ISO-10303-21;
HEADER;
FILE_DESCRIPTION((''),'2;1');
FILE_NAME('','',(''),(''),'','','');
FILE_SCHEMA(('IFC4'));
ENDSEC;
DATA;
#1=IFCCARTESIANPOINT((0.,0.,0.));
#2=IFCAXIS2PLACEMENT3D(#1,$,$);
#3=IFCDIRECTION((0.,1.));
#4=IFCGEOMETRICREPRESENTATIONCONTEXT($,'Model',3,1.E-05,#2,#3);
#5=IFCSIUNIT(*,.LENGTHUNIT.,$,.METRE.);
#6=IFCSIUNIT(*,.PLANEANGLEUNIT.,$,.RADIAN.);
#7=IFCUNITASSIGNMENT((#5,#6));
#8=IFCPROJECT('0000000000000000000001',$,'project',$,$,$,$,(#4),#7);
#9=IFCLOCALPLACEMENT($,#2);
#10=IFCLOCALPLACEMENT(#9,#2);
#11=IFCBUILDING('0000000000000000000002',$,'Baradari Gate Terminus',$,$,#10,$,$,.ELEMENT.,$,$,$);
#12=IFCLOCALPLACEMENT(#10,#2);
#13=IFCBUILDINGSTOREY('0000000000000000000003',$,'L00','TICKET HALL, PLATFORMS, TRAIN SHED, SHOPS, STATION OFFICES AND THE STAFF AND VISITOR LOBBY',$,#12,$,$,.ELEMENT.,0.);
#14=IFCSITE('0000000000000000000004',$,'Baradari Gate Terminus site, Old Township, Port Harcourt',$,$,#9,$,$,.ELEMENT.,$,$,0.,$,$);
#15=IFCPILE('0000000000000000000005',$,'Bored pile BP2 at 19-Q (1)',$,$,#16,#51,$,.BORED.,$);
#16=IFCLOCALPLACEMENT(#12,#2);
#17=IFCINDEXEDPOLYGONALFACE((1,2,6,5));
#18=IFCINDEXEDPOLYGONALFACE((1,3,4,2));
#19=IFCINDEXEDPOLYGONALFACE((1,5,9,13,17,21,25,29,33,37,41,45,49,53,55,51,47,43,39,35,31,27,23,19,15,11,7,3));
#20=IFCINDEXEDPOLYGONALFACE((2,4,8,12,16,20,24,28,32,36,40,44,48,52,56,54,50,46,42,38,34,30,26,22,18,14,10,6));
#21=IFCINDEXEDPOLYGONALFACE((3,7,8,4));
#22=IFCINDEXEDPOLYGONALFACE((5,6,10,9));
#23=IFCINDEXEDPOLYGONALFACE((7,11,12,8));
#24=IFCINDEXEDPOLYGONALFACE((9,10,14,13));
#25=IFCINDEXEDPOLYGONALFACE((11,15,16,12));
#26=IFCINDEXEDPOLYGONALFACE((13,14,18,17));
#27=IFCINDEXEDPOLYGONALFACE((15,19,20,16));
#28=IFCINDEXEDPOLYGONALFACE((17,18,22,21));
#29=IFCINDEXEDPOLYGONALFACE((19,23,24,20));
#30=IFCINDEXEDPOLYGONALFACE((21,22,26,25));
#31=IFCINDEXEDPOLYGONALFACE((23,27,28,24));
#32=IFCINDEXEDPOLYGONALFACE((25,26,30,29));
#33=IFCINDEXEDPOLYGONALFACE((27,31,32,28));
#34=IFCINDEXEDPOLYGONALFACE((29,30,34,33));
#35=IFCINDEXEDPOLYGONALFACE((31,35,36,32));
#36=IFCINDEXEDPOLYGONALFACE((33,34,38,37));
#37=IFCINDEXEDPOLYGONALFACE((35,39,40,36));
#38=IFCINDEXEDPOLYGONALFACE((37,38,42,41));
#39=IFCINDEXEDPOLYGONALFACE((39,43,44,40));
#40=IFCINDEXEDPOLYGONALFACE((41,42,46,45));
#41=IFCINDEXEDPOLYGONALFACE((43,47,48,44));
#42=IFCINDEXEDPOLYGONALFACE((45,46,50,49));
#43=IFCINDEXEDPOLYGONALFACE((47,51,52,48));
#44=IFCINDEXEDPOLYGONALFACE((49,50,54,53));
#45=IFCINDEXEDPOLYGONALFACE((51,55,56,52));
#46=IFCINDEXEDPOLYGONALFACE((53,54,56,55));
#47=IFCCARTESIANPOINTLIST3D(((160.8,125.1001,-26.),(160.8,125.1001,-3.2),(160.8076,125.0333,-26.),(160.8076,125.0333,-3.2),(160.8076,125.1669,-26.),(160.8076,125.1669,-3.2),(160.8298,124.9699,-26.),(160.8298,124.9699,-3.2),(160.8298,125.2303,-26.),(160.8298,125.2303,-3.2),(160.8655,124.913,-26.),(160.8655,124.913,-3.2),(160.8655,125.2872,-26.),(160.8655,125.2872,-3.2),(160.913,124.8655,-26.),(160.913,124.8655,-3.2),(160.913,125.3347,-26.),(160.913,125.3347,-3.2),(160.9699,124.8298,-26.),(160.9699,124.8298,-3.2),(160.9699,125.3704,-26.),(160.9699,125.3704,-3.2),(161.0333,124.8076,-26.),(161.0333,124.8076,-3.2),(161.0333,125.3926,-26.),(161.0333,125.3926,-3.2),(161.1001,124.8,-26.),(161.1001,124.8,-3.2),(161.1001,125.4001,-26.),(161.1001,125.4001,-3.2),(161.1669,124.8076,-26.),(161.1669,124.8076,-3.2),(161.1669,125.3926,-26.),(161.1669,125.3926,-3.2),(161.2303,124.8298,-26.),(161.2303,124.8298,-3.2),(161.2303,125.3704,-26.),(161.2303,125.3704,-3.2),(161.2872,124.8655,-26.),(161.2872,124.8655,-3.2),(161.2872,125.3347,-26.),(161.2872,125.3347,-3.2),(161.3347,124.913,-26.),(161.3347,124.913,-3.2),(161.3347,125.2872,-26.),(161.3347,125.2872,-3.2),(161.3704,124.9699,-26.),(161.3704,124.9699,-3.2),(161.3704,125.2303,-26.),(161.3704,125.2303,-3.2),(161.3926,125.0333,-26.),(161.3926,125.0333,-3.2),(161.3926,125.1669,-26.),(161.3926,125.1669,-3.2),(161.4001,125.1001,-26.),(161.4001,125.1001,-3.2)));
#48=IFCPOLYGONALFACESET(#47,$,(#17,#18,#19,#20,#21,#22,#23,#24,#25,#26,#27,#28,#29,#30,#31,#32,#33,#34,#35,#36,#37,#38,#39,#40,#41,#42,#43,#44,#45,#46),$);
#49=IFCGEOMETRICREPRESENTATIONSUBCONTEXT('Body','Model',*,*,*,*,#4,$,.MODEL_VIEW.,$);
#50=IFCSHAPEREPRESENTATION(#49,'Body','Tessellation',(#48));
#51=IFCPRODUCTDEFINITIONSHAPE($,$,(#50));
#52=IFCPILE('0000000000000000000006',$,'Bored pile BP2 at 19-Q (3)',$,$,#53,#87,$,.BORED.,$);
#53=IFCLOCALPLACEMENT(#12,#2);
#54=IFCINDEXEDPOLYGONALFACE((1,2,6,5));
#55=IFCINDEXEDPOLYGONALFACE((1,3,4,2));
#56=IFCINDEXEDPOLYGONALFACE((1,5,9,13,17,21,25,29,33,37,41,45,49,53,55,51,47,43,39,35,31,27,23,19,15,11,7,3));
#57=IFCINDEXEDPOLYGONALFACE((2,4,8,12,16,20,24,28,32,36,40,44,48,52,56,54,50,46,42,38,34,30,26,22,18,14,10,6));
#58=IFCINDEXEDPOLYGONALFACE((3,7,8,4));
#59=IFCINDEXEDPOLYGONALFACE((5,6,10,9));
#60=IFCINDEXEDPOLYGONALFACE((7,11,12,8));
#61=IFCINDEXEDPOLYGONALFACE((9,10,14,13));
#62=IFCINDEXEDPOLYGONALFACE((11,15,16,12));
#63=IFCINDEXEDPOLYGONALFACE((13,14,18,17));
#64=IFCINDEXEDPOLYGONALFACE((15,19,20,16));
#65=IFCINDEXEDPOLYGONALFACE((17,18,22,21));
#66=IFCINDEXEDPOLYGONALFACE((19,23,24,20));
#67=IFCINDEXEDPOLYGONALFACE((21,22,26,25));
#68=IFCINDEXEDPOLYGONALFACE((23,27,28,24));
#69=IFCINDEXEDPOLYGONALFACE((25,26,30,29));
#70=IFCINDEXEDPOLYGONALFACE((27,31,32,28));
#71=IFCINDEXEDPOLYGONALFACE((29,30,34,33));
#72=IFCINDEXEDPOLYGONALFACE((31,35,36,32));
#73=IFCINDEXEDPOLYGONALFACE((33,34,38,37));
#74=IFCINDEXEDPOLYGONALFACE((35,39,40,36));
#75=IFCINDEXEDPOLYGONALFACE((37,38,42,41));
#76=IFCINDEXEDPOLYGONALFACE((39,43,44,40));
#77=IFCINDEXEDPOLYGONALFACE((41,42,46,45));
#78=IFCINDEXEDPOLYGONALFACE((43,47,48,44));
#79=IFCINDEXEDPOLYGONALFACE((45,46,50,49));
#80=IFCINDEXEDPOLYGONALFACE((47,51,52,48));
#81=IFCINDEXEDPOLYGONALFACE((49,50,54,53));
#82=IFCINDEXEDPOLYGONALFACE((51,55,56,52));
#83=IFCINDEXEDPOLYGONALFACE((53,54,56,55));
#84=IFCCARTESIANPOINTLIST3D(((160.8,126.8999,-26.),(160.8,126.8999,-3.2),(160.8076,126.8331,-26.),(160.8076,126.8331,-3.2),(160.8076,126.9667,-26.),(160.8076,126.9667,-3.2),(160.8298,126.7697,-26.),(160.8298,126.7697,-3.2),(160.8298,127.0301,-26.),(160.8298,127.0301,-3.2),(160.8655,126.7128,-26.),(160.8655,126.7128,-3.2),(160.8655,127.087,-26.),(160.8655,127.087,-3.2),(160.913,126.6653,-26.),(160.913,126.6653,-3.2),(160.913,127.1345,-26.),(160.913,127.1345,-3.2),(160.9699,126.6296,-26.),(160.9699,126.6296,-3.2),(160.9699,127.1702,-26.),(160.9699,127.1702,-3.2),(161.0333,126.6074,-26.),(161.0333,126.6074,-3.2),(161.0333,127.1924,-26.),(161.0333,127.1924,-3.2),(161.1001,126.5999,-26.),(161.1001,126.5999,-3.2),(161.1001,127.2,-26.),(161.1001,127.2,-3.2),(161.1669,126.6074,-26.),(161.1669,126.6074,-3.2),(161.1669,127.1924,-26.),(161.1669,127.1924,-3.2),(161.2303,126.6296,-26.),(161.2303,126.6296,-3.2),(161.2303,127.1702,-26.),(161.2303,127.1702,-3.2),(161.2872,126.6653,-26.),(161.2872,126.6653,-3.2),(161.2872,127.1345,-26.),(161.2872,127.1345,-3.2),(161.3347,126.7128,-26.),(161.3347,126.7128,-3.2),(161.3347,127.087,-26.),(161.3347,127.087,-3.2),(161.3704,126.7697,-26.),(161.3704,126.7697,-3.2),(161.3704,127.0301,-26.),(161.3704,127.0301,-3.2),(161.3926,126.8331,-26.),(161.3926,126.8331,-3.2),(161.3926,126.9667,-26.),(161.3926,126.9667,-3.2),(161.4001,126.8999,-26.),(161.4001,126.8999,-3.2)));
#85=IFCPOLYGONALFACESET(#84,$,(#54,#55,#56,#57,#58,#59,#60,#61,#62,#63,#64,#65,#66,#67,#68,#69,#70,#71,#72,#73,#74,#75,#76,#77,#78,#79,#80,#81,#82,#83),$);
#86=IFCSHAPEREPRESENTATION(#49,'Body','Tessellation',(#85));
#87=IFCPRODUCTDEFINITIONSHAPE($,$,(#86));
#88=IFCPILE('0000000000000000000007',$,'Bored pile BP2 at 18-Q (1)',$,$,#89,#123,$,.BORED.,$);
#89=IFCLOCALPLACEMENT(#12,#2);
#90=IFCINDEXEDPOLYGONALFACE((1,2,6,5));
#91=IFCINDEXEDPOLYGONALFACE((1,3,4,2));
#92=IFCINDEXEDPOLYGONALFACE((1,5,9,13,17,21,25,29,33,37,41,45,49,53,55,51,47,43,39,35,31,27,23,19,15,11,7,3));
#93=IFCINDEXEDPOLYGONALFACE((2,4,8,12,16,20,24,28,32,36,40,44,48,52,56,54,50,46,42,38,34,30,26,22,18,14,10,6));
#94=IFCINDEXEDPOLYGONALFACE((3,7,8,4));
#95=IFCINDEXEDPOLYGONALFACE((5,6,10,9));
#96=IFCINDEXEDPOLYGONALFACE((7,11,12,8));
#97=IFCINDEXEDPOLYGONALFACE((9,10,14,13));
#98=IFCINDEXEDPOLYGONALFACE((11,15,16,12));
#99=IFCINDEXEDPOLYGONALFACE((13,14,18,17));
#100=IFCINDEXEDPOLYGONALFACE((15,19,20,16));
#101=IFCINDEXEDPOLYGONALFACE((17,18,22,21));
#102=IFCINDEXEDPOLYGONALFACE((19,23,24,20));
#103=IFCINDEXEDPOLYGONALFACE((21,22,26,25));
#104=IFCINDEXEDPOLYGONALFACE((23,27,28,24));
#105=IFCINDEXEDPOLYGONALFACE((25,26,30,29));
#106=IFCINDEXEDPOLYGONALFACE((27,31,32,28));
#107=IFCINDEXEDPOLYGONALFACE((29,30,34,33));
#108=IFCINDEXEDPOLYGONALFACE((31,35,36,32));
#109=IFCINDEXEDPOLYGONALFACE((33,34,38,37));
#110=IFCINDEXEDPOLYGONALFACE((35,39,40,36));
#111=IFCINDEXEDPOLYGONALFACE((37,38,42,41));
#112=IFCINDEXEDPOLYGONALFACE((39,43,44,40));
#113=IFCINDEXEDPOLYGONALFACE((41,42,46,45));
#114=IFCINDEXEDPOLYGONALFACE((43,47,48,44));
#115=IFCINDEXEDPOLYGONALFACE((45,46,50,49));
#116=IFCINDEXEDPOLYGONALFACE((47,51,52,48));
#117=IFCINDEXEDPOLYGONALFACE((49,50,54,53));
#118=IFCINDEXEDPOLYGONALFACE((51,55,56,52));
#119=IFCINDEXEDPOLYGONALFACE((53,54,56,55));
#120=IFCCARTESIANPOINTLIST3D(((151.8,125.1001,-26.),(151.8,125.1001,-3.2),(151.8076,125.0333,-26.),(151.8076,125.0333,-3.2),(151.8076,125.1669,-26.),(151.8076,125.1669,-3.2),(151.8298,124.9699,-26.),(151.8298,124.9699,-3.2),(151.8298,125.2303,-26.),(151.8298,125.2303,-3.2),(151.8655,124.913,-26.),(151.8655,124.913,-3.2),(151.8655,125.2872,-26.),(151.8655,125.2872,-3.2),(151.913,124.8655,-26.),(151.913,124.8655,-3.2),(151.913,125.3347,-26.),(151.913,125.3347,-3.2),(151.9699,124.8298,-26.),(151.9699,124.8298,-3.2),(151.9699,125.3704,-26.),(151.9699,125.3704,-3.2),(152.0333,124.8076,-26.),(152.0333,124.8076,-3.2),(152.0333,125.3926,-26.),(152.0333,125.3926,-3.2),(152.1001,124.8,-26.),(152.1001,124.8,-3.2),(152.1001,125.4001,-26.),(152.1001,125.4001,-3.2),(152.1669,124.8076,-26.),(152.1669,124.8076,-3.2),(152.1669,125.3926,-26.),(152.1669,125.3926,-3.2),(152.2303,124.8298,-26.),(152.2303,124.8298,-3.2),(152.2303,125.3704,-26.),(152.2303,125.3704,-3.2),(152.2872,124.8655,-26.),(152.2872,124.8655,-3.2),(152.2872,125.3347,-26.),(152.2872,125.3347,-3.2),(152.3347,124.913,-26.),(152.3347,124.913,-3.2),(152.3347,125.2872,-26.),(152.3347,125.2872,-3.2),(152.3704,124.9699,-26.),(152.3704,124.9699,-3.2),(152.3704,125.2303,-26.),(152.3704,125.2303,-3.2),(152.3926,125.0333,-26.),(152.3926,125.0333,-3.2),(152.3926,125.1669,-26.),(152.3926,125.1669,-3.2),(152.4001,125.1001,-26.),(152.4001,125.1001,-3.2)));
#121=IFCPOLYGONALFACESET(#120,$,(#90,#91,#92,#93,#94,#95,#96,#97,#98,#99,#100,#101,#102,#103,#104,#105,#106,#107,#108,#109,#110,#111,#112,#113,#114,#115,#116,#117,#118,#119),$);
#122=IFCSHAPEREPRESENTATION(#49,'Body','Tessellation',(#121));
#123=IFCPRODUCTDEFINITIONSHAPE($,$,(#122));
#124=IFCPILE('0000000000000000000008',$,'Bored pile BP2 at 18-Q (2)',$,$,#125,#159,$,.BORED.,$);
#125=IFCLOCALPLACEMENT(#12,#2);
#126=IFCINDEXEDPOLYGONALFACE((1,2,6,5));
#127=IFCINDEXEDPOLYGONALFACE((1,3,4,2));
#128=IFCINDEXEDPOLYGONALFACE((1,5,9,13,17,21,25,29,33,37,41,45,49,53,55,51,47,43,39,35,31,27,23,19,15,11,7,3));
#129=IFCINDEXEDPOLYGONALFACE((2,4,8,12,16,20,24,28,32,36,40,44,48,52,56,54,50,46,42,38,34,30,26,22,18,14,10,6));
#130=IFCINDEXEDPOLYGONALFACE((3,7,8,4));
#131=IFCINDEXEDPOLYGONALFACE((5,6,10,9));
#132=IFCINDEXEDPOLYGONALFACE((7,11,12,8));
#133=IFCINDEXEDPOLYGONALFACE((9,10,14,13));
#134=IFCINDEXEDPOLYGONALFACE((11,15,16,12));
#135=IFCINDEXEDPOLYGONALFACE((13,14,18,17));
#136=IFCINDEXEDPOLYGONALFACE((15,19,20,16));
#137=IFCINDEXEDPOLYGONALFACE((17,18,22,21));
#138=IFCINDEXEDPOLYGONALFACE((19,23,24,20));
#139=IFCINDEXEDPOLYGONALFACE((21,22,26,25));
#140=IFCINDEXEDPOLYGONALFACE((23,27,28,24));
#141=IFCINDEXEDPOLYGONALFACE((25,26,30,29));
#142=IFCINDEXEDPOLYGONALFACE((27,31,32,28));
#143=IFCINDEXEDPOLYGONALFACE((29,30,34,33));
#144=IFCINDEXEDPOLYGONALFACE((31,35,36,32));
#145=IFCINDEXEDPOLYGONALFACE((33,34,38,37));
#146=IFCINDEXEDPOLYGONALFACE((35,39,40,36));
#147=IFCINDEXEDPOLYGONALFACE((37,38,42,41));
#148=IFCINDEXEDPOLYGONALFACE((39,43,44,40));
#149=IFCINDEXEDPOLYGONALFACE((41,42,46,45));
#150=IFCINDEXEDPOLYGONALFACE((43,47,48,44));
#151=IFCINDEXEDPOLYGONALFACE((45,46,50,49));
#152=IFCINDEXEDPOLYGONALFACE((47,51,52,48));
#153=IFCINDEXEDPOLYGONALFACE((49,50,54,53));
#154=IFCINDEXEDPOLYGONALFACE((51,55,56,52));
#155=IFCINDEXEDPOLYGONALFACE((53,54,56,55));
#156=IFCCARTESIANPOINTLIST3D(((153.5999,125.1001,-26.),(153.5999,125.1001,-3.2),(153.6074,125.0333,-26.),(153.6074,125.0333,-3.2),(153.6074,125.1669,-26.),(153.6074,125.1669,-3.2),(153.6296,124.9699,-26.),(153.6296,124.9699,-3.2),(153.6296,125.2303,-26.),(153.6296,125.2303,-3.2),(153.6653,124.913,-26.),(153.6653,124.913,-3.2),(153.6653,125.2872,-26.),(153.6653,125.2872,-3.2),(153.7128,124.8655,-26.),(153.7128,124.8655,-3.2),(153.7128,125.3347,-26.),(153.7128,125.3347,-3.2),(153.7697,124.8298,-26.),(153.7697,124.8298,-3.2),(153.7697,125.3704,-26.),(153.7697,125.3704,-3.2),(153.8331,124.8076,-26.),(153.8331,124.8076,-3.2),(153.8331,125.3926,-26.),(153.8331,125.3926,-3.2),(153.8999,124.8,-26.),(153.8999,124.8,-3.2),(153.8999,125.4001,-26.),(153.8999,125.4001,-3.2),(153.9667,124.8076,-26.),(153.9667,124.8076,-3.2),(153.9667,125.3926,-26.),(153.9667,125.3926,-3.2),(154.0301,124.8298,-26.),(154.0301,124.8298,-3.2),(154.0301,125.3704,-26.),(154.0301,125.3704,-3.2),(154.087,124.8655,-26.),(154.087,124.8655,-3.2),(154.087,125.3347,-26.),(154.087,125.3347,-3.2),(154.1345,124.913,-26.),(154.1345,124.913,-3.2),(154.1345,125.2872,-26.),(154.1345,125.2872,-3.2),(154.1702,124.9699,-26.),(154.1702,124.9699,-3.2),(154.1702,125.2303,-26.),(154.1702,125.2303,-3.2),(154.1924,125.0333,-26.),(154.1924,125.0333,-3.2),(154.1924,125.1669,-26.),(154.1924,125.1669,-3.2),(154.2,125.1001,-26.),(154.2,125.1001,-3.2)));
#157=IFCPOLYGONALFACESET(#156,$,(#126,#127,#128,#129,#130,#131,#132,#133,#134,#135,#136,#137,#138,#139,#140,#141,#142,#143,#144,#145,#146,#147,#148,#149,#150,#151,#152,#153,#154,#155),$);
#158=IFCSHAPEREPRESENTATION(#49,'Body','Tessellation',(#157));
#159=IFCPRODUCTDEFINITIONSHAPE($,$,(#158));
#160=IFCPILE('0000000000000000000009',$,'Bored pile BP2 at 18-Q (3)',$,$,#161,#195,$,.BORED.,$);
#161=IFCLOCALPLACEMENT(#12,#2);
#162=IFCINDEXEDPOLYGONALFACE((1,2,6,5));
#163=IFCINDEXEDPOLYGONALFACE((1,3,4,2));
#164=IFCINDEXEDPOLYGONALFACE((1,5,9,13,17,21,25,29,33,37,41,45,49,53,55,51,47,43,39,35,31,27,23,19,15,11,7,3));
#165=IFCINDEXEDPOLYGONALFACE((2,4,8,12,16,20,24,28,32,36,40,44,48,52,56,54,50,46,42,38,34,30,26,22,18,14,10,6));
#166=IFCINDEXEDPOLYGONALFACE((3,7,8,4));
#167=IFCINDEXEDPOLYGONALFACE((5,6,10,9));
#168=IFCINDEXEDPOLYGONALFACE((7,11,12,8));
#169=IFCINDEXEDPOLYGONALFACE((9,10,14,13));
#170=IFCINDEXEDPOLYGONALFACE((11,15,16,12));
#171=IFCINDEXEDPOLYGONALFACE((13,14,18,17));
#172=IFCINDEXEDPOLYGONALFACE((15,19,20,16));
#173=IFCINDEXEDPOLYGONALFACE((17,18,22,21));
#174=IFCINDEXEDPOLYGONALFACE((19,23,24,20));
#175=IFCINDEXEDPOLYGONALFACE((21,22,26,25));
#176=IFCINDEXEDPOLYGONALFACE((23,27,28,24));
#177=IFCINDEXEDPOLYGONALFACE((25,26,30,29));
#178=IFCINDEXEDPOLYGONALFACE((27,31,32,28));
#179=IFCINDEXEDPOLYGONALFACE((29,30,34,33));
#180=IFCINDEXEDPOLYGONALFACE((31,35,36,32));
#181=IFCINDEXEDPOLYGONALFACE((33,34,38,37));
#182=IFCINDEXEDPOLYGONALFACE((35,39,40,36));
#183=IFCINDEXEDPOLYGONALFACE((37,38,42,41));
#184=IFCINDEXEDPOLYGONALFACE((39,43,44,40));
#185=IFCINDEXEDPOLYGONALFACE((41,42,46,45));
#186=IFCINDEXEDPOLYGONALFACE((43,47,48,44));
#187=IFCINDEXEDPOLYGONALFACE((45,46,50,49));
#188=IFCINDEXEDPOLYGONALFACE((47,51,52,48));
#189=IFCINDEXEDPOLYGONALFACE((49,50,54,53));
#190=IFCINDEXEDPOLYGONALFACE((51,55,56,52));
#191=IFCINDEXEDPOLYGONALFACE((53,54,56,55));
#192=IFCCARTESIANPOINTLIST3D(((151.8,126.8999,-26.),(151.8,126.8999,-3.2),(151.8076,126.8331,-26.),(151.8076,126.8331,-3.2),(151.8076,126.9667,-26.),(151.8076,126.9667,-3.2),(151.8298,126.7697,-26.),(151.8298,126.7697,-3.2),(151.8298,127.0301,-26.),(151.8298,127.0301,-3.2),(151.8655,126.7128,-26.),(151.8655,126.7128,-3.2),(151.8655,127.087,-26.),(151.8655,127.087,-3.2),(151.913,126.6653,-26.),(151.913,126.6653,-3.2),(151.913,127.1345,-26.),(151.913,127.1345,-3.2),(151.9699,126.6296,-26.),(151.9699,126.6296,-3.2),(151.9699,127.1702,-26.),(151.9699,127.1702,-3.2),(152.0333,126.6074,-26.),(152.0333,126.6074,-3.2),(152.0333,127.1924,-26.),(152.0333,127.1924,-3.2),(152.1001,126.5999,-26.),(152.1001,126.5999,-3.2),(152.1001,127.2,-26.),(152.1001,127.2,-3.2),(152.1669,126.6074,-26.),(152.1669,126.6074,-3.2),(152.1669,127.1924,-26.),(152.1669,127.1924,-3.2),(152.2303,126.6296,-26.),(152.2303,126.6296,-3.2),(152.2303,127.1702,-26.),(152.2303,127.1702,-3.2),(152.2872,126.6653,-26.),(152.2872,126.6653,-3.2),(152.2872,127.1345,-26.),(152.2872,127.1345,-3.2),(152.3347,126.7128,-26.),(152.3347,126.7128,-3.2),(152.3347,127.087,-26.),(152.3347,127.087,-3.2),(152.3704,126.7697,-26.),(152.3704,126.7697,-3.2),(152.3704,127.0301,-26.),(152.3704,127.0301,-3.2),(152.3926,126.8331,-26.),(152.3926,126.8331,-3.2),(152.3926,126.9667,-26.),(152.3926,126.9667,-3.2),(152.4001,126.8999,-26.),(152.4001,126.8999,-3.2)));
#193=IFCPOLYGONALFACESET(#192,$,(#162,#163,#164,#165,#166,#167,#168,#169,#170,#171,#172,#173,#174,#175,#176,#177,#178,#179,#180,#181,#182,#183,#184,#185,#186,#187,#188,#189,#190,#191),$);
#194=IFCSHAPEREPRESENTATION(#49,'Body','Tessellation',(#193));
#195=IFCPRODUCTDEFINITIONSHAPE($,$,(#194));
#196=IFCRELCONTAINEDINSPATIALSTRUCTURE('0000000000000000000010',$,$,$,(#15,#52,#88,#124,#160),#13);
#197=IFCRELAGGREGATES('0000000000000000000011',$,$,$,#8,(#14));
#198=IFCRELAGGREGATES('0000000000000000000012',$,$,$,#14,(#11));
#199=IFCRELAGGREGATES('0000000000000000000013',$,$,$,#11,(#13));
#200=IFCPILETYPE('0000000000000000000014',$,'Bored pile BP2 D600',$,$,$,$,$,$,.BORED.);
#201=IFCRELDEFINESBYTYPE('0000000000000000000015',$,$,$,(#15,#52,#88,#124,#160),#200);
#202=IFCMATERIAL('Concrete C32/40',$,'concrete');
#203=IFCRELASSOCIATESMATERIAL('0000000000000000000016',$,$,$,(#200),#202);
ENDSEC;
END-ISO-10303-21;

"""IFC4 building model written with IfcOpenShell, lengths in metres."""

from ifc_helpers import new_model, si_unit, direction, frame, origin, origin_2d, place, context, subcontext, project, spatial, circle, extrude, material, type_object, element, save


model = new_model("IFC4")

# Units and contexts
model_context = context("Model", 3, precision=1e-05, world=origin(), true_north=direction((0.0, 1.0)))
body_context = subcontext(model_context, "Body", "Model", "MODEL_VIEW")
ifc_project = project(units=[si_unit("LENGTHUNIT", "METRE"), si_unit("PLANEANGLEUNIT", "RADIAN")], contexts=[model_context])

# Site, building, storey
site_placement = place(None, origin())
site = spatial("IfcSite", under=ifc_project, at=site_placement, Name="Baradari Gate Terminus site, Old Township, Port Harcourt", CompositionType="ELEMENT", RefElevation=0.0)
building_placement = place(site_placement, origin())
building = spatial("IfcBuilding", under=site, at=building_placement, Name="Baradari Gate Terminus", CompositionType="ELEMENT")
storey_placement = place(building_placement, origin())
storey = spatial("IfcBuildingStorey", under=building, at=storey_placement, Name="L00", Description="TICKET HALL, PLATFORMS, TRAIN SHED, SHOPS, STATION OFFICES AND THE STAFF AND VISITOR LOBBY", CompositionType="ELEMENT", Elevation=0.0)

# Piles
ifc_material_1 = material(Name="Concrete C32/40", Category="concrete")
pile_type = type_object("IfcPileType", Name="Bored pile BP2 D600", PredefinedType="BORED", material=ifc_material_1)
for number, where, z_axis, x_axis, name in (
    (1, (161.1001, 125.1001, -3.2), (0.0, 0.0, -1.0), (1.0, 0.0, 0.0), "Bored pile BP2 at 19-Q (1)"),
    (2, (161.1001, 126.8999, -3.2), (0.0, 0.0, -1.0), (1.0, 0.0, 0.0), "Bored pile BP2 at 19-Q (3)"),
    (3, (152.1001, 125.1001, -3.2), (0.0, 0.0, -1.0), (1.0, 0.0, 0.0), "Bored pile BP2 at 18-Q (1)"),
    (4, (153.8999, 125.1001, -3.2), (0.0, 0.0, -1.0), (1.0, 0.0, 0.0), "Bored pile BP2 at 18-Q (2)"),
    (5, (152.1001, 126.8999, -3.2), (0.0, 0.0, -1.0), (1.0, 0.0, 0.0), "Bored pile BP2 at 18-Q (3)"),
):
    element("IfcPile", number, at=place(storey_placement, frame(where, z_axis=z_axis, x_axis=x_axis)), inside=storey, type_object=pile_type, Name=name, PredefinedType="BORED", context=body_context, shape_type="SweptSolid", body=[
        extrude(circle(Radius=0.3, at=origin_2d()), origin(), (0.0, 0.0, 1.0), 22.8),
    ])

save(model, "model.ifc")
